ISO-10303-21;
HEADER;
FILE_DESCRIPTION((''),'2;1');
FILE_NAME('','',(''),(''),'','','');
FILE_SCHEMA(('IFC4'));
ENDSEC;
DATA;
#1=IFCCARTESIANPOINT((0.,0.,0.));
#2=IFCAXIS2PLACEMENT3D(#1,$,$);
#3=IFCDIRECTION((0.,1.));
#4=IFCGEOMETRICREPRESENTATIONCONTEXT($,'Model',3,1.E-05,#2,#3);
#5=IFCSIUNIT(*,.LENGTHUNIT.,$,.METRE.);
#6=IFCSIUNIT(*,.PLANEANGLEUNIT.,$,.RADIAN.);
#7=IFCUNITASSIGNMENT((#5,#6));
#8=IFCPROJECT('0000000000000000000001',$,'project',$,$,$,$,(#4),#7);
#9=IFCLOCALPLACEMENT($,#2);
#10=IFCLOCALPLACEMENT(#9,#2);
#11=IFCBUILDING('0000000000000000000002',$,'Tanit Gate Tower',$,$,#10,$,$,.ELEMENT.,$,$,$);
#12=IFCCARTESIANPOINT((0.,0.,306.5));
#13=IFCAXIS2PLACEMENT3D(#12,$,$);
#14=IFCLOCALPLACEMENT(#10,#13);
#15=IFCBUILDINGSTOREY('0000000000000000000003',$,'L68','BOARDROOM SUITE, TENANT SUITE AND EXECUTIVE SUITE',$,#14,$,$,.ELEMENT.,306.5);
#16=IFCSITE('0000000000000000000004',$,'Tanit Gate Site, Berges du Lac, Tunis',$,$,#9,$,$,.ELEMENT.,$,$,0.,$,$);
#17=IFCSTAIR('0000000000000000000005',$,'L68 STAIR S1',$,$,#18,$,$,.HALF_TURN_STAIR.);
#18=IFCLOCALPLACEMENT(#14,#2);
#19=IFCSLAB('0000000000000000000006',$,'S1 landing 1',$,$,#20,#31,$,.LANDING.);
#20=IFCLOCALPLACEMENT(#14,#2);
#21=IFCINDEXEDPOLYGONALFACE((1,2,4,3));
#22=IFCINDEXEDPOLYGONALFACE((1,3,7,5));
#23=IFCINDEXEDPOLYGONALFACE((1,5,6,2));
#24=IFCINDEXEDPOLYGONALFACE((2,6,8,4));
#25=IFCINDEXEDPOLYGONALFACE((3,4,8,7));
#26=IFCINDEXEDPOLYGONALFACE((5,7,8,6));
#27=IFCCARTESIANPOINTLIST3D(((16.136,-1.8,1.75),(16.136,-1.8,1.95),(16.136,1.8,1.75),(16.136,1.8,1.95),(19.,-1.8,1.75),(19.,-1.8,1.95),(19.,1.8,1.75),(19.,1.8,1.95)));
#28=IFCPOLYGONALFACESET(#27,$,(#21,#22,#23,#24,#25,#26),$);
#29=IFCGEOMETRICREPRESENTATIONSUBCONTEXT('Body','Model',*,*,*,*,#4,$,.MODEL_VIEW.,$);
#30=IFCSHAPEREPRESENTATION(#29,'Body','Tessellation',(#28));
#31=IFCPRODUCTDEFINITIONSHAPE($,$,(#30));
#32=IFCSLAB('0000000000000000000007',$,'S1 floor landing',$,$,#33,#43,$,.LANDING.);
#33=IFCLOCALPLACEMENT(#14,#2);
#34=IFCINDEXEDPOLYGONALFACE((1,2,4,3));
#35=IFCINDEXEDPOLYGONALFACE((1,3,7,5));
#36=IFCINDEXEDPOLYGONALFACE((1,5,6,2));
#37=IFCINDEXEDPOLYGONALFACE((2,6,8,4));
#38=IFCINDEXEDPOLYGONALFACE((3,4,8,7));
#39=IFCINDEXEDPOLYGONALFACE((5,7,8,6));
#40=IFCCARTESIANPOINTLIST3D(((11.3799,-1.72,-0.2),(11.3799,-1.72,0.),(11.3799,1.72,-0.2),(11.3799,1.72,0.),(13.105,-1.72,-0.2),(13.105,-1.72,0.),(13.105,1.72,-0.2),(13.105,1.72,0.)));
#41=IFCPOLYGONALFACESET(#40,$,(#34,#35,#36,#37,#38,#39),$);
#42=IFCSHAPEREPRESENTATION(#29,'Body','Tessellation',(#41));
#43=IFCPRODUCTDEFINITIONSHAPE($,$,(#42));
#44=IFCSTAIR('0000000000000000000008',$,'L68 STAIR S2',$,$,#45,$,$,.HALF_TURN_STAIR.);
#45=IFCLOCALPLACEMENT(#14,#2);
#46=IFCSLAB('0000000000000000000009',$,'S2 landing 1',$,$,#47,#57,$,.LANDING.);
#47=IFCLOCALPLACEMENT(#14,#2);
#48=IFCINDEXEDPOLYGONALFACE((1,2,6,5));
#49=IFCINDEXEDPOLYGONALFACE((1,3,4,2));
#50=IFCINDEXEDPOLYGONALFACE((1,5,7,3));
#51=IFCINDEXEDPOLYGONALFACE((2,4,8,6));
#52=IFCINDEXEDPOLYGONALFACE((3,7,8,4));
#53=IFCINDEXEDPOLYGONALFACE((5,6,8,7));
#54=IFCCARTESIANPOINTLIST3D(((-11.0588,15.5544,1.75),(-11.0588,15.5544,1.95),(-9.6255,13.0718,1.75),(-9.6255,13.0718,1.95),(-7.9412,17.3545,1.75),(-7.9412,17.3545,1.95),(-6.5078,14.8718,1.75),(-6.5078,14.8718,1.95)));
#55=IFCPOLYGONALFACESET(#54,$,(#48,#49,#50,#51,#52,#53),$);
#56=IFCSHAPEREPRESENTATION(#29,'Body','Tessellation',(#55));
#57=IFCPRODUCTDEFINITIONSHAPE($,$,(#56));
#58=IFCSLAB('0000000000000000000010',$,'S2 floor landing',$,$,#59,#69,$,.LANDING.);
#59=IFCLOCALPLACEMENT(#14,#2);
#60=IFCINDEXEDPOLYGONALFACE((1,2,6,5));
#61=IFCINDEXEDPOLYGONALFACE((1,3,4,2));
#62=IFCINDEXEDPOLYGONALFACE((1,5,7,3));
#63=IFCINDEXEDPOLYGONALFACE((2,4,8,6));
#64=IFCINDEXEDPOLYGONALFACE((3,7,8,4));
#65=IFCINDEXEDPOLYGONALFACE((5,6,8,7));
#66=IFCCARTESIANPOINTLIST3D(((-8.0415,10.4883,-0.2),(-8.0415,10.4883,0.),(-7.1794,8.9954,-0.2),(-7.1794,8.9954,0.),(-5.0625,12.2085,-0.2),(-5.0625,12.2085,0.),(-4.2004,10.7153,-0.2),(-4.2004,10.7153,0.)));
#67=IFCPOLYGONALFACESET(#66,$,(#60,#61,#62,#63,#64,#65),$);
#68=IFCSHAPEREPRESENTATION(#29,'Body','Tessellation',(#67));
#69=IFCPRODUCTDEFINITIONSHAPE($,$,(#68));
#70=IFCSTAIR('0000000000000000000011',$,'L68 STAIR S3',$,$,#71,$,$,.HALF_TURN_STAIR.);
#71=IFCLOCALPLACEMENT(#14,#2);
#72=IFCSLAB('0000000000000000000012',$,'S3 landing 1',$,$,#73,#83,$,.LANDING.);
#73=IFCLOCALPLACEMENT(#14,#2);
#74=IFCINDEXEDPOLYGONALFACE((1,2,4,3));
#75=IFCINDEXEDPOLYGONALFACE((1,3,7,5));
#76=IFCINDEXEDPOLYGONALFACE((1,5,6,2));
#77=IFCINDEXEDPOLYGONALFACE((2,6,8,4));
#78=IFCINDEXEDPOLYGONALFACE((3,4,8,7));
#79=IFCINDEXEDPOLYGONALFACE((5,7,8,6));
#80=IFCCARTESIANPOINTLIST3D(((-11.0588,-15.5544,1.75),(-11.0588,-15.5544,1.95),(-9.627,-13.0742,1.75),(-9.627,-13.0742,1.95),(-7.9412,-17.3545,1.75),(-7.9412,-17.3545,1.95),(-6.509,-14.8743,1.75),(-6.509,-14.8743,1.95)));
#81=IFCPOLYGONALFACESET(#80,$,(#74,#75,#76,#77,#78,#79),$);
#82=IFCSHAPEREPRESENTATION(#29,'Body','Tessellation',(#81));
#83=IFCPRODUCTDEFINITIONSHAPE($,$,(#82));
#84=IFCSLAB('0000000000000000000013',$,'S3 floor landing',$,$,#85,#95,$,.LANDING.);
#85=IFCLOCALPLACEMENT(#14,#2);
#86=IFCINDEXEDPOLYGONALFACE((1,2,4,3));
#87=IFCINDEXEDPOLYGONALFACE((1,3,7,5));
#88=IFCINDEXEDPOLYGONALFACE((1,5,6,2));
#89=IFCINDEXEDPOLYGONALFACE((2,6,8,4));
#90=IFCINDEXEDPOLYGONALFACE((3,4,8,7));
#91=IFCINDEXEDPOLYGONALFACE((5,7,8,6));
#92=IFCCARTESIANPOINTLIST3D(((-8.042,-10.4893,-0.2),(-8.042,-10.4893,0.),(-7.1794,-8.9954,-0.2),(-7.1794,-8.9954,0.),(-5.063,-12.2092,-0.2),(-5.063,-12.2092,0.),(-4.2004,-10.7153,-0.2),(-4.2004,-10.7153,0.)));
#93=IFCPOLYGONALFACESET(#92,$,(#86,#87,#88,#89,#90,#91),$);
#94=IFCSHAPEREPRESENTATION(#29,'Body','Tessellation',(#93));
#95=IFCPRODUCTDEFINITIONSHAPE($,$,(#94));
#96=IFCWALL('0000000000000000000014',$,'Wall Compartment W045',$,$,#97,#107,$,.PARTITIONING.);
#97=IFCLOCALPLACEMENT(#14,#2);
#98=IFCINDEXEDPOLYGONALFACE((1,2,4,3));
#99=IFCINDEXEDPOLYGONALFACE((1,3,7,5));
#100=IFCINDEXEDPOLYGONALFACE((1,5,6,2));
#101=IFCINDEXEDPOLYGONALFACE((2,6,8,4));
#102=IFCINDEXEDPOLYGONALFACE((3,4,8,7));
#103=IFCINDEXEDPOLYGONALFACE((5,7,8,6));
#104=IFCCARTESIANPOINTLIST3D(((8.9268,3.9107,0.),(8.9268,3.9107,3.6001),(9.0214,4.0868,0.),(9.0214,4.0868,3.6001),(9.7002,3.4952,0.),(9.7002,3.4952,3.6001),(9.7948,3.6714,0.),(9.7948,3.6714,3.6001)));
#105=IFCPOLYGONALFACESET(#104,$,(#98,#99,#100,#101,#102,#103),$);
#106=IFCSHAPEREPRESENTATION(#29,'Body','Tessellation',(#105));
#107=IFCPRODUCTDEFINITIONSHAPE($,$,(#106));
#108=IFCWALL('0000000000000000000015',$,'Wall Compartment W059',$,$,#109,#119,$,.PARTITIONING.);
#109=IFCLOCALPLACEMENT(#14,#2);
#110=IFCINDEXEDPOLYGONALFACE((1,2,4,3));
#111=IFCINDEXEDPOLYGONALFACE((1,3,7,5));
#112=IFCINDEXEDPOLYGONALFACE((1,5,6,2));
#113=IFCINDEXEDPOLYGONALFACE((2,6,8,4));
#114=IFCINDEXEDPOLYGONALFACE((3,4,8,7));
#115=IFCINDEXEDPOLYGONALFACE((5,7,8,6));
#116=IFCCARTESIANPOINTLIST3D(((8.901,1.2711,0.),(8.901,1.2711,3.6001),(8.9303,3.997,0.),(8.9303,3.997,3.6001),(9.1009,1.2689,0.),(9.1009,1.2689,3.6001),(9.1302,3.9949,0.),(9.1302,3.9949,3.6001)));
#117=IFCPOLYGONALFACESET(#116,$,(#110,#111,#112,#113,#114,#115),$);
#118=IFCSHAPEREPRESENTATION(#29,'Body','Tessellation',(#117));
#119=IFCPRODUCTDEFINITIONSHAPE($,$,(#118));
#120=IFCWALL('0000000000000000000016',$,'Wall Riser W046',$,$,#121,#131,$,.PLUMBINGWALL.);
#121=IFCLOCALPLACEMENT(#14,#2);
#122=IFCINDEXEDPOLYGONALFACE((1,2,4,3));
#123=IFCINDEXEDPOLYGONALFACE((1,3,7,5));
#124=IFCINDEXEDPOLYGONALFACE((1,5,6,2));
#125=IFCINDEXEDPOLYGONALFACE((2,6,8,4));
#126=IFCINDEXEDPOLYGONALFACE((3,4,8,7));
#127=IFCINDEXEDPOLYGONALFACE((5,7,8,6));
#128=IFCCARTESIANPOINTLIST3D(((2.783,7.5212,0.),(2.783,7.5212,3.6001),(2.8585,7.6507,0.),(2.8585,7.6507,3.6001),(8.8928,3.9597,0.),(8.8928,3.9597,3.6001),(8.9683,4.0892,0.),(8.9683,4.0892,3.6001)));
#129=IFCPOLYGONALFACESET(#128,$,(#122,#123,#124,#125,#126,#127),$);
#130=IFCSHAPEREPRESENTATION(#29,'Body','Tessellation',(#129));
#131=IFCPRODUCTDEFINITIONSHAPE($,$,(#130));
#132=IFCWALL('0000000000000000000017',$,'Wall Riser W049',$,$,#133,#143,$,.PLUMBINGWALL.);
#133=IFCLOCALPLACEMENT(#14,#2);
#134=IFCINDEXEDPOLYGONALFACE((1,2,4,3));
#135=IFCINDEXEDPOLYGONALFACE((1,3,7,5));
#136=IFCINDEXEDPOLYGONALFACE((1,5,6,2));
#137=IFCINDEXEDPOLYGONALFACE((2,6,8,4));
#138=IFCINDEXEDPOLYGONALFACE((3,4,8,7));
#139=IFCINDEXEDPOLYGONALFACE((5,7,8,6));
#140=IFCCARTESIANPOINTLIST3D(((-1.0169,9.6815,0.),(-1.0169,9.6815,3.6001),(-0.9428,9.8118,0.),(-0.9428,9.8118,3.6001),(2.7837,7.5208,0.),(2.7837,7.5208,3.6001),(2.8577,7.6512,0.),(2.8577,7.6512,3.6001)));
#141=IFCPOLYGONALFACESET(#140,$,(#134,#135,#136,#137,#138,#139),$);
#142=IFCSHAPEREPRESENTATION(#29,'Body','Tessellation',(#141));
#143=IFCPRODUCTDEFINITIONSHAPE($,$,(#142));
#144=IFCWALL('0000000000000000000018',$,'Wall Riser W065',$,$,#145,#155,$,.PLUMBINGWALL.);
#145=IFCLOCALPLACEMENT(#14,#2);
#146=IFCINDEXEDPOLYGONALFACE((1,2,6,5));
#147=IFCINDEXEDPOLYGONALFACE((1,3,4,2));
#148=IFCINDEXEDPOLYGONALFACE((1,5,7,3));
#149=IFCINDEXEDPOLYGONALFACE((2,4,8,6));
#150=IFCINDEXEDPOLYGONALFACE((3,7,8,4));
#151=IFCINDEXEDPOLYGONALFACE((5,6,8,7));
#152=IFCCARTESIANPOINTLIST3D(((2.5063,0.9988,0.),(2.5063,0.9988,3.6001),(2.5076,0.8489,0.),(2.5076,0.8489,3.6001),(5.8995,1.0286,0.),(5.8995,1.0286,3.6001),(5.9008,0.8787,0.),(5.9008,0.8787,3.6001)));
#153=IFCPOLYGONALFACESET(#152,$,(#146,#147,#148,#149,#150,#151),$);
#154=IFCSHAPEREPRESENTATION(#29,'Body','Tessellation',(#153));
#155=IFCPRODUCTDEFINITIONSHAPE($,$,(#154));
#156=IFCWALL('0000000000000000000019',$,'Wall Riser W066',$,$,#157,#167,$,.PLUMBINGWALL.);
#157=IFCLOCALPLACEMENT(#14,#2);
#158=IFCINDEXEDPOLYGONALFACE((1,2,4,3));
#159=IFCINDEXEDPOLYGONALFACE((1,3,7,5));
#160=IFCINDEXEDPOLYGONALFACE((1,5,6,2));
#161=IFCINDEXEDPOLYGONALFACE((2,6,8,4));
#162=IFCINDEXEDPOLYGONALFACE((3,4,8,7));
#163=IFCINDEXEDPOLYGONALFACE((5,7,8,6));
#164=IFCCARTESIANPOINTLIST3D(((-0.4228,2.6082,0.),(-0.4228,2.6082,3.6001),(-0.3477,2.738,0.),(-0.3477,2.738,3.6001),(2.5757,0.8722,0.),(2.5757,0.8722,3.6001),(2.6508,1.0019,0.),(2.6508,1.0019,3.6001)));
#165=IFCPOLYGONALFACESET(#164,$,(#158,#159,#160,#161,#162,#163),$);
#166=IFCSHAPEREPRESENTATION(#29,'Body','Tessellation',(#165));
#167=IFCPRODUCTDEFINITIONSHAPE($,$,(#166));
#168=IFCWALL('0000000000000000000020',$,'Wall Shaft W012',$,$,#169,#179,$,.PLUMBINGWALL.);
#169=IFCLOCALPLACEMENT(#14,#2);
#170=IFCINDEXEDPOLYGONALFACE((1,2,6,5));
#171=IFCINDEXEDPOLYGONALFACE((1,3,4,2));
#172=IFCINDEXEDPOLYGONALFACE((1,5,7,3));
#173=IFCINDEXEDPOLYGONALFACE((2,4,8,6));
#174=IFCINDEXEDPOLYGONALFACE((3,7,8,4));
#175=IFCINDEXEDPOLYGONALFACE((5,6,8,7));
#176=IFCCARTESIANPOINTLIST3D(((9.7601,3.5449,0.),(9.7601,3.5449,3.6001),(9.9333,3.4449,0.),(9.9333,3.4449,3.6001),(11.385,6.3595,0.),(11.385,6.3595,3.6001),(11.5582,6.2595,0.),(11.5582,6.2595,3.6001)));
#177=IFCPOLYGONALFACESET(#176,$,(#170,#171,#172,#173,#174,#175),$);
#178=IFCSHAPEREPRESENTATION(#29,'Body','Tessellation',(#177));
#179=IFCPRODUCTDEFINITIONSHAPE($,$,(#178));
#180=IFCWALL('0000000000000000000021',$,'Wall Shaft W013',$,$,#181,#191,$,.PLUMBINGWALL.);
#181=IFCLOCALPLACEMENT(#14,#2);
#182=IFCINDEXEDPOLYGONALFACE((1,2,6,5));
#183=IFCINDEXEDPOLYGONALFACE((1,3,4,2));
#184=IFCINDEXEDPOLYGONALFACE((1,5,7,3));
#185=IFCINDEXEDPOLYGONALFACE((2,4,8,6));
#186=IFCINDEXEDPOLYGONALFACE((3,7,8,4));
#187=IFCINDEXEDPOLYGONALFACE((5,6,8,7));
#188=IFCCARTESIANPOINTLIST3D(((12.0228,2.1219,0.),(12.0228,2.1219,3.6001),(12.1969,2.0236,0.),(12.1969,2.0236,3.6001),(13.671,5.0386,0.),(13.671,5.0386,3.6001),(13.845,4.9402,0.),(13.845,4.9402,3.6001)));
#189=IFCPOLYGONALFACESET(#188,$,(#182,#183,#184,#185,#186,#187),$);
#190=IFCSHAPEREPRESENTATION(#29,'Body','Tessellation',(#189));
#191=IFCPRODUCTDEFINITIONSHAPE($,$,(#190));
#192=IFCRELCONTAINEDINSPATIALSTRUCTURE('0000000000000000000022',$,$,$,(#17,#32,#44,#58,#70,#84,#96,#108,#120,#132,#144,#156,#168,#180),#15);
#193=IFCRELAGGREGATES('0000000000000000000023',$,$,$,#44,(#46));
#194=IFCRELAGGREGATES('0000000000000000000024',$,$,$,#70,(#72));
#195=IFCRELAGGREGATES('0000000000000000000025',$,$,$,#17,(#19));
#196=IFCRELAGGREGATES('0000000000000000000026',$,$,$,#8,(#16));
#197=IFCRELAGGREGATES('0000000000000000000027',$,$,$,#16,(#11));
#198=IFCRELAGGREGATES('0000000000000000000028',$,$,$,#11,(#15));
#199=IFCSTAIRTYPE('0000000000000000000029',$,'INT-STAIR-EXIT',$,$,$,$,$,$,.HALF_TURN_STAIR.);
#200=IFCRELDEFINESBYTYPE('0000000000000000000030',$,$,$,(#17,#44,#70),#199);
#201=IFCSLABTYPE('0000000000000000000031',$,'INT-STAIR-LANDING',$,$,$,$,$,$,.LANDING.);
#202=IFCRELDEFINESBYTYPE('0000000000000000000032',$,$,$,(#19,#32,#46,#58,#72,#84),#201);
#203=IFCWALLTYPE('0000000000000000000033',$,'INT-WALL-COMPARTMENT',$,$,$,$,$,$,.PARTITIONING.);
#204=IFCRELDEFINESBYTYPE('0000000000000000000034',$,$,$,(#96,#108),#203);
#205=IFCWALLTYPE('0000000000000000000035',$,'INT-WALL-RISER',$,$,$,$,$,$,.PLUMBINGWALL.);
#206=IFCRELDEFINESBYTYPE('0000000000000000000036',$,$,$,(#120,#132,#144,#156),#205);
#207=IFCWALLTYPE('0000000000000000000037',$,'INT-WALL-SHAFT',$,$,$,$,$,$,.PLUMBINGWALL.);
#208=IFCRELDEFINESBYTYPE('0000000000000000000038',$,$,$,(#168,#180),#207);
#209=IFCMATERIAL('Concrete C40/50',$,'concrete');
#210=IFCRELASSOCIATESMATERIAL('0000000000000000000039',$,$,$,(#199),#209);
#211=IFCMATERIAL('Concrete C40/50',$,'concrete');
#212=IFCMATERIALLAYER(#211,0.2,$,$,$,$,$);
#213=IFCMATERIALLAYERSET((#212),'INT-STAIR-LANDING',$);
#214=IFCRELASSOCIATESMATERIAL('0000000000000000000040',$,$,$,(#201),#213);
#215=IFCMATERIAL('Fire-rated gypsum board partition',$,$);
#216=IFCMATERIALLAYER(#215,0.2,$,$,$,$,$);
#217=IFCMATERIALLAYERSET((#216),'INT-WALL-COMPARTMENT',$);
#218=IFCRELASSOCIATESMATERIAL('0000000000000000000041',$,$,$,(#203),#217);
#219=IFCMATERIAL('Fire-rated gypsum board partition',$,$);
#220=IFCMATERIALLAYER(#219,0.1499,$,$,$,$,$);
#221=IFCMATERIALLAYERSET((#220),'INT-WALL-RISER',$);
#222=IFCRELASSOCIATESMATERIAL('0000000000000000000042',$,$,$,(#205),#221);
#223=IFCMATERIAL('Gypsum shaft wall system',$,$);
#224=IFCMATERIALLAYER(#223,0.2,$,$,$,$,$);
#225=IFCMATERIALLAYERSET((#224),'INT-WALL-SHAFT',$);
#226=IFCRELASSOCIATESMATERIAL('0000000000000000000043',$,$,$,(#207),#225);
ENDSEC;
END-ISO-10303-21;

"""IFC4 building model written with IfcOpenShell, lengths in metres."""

from ifc_helpers import new_model, si_unit, direction, frame, frame_2d, origin, place, context, subcontext, project, spatial, polyline, rectangle, outline, extrude, material, layer, layer_set, type_object, element, aggregate, save


model = new_model("IFC4")

# Units and contexts
model_context = context("Model", 3, precision=1e-05, world=origin(), true_north=direction((0.0, 1.0)))
body_context = subcontext(model_context, "Body", "Model", "MODEL_VIEW")
ifc_project = project(units=[si_unit("LENGTHUNIT", "METRE"), si_unit("PLANEANGLEUNIT", "RADIAN")], contexts=[model_context])

# Site, building, storey
site_placement = place(None, origin())
site = spatial("IfcSite", under=ifc_project, at=site_placement, Name="Tanit Gate Site, Berges du Lac, Tunis", CompositionType="ELEMENT", RefElevation=0.0)
building_placement = place(site_placement, origin())
building = spatial("IfcBuilding", under=site, at=building_placement, Name="Tanit Gate Tower", CompositionType="ELEMENT")
storey_placement = place(building_placement, frame((0.0, 0.0, 306.5)))
storey = spatial("IfcBuildingStorey", under=building, at=storey_placement, Name="L68", Description="BOARDROOM SUITE, TENANT SUITE AND EXECUTIVE SUITE", CompositionType="ELEMENT", Elevation=306.5)

# Stair, slab
ifc_material_1 = material(Name="Concrete C40/50", Category="concrete")
stair_type = type_object("IfcStairType", Name="INT-STAIR-EXIT", PredefinedType="HALF_TURN_STAIR", material=ifc_material_1)
stair_1_placement = place(storey_placement, origin())
stair_1 = element("IfcStair", 1, at=stair_1_placement, inside=storey, type_object=stair_type, Name="L68 STAIR S1", PredefinedType="HALF_TURN_STAIR")
ifc_material_2 = material(Name="Concrete C40/50", Category="concrete")
ifc_layer_1 = layer(ifc_material_2, 0.2)
ifc_layer_set_1 = layer_set([ifc_layer_1], Name="INT-STAIR-LANDING")
slab_type = type_object("IfcSlabType", Name="INT-STAIR-LANDING", PredefinedType="LANDING", material=ifc_layer_set_1)
slab_1_placement = place(storey_placement, frame((0.0, 0.0, 1.75)))
slab_1 = element("IfcSlab", 2, at=slab_1_placement, type_object=slab_type, Name="S1 landing 1", PredefinedType="LANDING", context=body_context, shape_type="SweptSolid", body=[
    extrude(outline(polyline([(16.136, -1.8), (19.0, -1.8), (19.0, 1.8), (16.136, 1.8), (16.136, -1.8)])), origin(), (0.0, 0.0, 1.0), 0.2),
])

# Slab
slab_2_placement = place(storey_placement, frame((0.0, 0.0, -0.2)))
element("IfcSlab", 3, at=slab_2_placement, inside=storey, type_object=slab_type, Name="S1 floor landing", PredefinedType="LANDING", context=body_context, shape_type="SweptSolid", body=[
    extrude(outline(polyline([(11.3799, -1.72), (13.105, -1.72), (13.105, 1.72), (11.3799, 1.72), (11.3799, -1.72)])), origin(), (0.0, 0.0, 1.0), 0.2),
])

# Stair, slab
stair_2_placement = place(storey_placement, origin())
stair_2 = element("IfcStair", 4, at=stair_2_placement, inside=storey, type_object=stair_type, Name="L68 STAIR S2", PredefinedType="HALF_TURN_STAIR")
slab_3_placement = place(storey_placement, frame((0.0, 0.0, 1.75)))
slab_3 = element("IfcSlab", 5, at=slab_3_placement, type_object=slab_type, Name="S2 landing 1", PredefinedType="LANDING", context=body_context, shape_type="SweptSolid", body=[
    extrude(outline(polyline([(-6.5078, 14.8718), (-7.9412, 17.3545), (-11.0588, 15.5544), (-9.6255, 13.0718), (-6.5078, 14.8718)])), origin(), (0.0, 0.0, 1.0), 0.2),
])
aggregate(stair_2, [slab_3])

# Slab
slab_4_placement = place(storey_placement, frame((0.0, 0.0, -0.2)))
element("IfcSlab", 6, at=slab_4_placement, inside=storey, type_object=slab_type, Name="S2 floor landing", PredefinedType="LANDING", context=body_context, shape_type="SweptSolid", body=[
    extrude(outline(polyline([(-4.2004, 10.7153), (-5.0625, 12.2085), (-8.0415, 10.4883), (-7.1794, 8.9954), (-4.2004, 10.7153)])), origin(), (0.0, 0.0, 1.0), 0.2),
])

# Stair, slab
stair_3_placement = place(storey_placement, origin())
stair_3 = element("IfcStair", 7, at=stair_3_placement, inside=storey, type_object=stair_type, Name="L68 STAIR S3", PredefinedType="HALF_TURN_STAIR")
slab_5_placement = place(storey_placement, frame((0.0, 0.0, 1.75)))
slab_5 = element("IfcSlab", 8, at=slab_5_placement, type_object=slab_type, Name="S3 landing 1", PredefinedType="LANDING", context=body_context, shape_type="SweptSolid", body=[
    extrude(outline(polyline([(-9.627, -13.0742), (-11.0588, -15.5544), (-7.9412, -17.3545), (-6.509, -14.8743), (-9.627, -13.0742)])), origin(), (0.0, 0.0, 1.0), 0.2),
])
aggregate(stair_3, [slab_5])

# Slab
slab_6_placement = place(storey_placement, frame((0.0, 0.0, -0.2)))
element("IfcSlab", 9, at=slab_6_placement, inside=storey, type_object=slab_type, Name="S3 floor landing", PredefinedType="LANDING", context=body_context, shape_type="SweptSolid", body=[
    extrude(outline(polyline([(-7.1794, -8.9954), (-8.042, -10.4893), (-5.063, -12.2092), (-4.2004, -10.7153), (-7.1794, -8.9954)])), origin(), (0.0, 0.0, 1.0), 0.2),
])

# Walls
ifc_material_3 = material(Name="Fire-rated gypsum board partition")
ifc_layer_2 = layer(ifc_material_3, 0.2)
ifc_layer_set_2 = layer_set([ifc_layer_2], Name="INT-WALL-COMPARTMENT")
wall_type_1 = type_object("IfcWallType", Name="INT-WALL-COMPARTMENT", PredefinedType="PARTITIONING", material=ifc_layer_set_2)
wall_1_placement = place(storey_placement, frame((8.9741, 3.9988, 0.0), z_axis=(0.0, 0.0, 1.0), x_axis=(0.880917, -0.473271, 0.0)))
element("IfcWall", 10, at=wall_1_placement, inside=storey, type_object=wall_type_1, Name="Wall Compartment W045", PredefinedType="PARTITIONING", context=body_context, shape_type="SweptSolid", body=[
    extrude(rectangle(XDim=0.8779, YDim=0.2, at=frame_2d((0.439, 0.0))), origin(), (0.0, 0.0, 1.0), 3.6001),
])
wall_2_placement = place(storey_placement, frame((9.001, 1.27, 0.0), z_axis=(0.0, 0.0, 1.0), x_axis=(0.010747, 0.999942, 0.0)))
element("IfcWall", 11, at=wall_2_placement, inside=storey, type_object=wall_type_1, Name="Wall Compartment W059", PredefinedType="PARTITIONING", context=body_context, shape_type="SweptSolid", body=[
    extrude(rectangle(XDim=2.7261, YDim=0.2, at=frame_2d((1.363, 0.0))), origin(), (0.0, 0.0, 1.0), 3.6001),
])
ifc_material_4 = material(Name="Fire-rated gypsum board partition")
ifc_layer_3 = layer(ifc_material_4, 0.1499)
ifc_layer_set_3 = layer_set([ifc_layer_3], Name="INT-WALL-RISER")
wall_type_2 = type_object("IfcWallType", Name="INT-WALL-RISER", PredefinedType="PLUMBINGWALL", material=ifc_layer_set_3)
wall_3_placement = place(storey_placement, frame((8.9307, 4.0244, 0.0), z_axis=(0.0, 0.0, 1.0), x_axis=(-0.863937, 0.503601, 0.0)))
element("IfcWall", 12, at=wall_3_placement, inside=storey, type_object=wall_type_2, Name="Wall Riser W046", PredefinedType="PLUMBINGWALL", context=body_context, shape_type="SweptSolid", body=[
    extrude(rectangle(XDim=7.072, YDim=0.1499, at=frame_2d((3.5361, 0.0))), origin(), (0.0, 0.0, 1.0), 3.6001),
])
wall_4_placement = place(storey_placement, frame((2.8208, 7.5859, 0.0), z_axis=(0.0, 0.0, 1.0), x_axis=(-0.869334, 0.494225, 0.0)))
element("IfcWall", 13, at=wall_4_placement, inside=storey, type_object=wall_type_2, Name="Wall Riser W049", PredefinedType="PLUMBINGWALL", context=body_context, shape_type="SweptSolid", body=[
    extrude(rectangle(XDim=4.3718, YDim=0.1499, at=frame_2d((2.186, 0.0))), origin(), (0.0, 0.0, 1.0), 3.6001),
])
wall_5_placement = place(storey_placement, frame((2.5068, 0.9238, 0.0), z_axis=(0.0, 0.0, 1.0), x_axis=(0.999961, 0.008778, 0.0)))
element("IfcWall", 14, at=wall_5_placement, inside=storey, type_object=wall_type_2, Name="Wall Riser W065", PredefinedType="PLUMBINGWALL", context=body_context, shape_type="SweptSolid", body=[
    extrude(rectangle(XDim=3.3933, YDim=0.1499, at=frame_2d((1.6968, 0.0))), origin(), (0.0, 0.0, 1.0), 3.6001),
])
wall_6_placement = place(storey_placement, frame((-0.3853, 2.6731, 0.0), z_axis=(0.0, 0.0, 1.0), x_axis=(0.865415, -0.501056, 0.0)))
element("IfcWall", 15, at=wall_6_placement, inside=storey, type_object=wall_type_2, Name="Wall Riser W066", PredefinedType="PLUMBINGWALL", context=body_context, shape_type="SweptSolid", body=[
    extrude(rectangle(XDim=3.4648, YDim=0.1499, at=frame_2d((1.7324, 0.0))), origin(), (0.0, 0.0, 1.0), 3.6001),
])
ifc_material_5 = material(Name="Gypsum shaft wall system")
ifc_layer_4 = layer(ifc_material_5, 0.2)
ifc_layer_set_4 = layer_set([ifc_layer_4], Name="INT-WALL-SHAFT")
wall_type_3 = type_object("IfcWallType", Name="INT-WALL-SHAFT", PredefinedType="PLUMBINGWALL", material=ifc_layer_set_4)
wall_7_placement = place(storey_placement, frame((9.8467, 3.4949, 0.0), z_axis=(0.0, 0.0, 1.0), x_axis=(0.499985, 0.866034, 0.0)))
element("IfcWall", 16, at=wall_7_placement, inside=storey, type_object=wall_type_3, Name="Wall Shaft W012", PredefinedType="PLUMBINGWALL", context=body_context, shape_type="SweptSolid", body=[
    extrude(rectangle(XDim=3.25, YDim=0.2, at=frame_2d((1.625, 0.0))), origin(), (0.0, 0.0, 1.0), 3.6001),
])
wall_8_placement = place(storey_placement, frame((12.1099, 2.0728, 0.0), z_axis=(0.0, 0.0, 1.0), x_axis=(0.491966, 0.870614, 0.0)))
element("IfcWall", 17, at=wall_8_placement, inside=storey, type_object=wall_type_3, Name="Wall Shaft W013", PredefinedType="PLUMBINGWALL", context=body_context, shape_type="SweptSolid", body=[
    extrude(rectangle(XDim=3.3501, YDim=0.2, at=frame_2d((1.675, 0.0))), origin(), (0.0, 0.0, 1.0), 3.6001),
])

aggregate(stair_1, [slab_1])

save(model, "model.ifc")
